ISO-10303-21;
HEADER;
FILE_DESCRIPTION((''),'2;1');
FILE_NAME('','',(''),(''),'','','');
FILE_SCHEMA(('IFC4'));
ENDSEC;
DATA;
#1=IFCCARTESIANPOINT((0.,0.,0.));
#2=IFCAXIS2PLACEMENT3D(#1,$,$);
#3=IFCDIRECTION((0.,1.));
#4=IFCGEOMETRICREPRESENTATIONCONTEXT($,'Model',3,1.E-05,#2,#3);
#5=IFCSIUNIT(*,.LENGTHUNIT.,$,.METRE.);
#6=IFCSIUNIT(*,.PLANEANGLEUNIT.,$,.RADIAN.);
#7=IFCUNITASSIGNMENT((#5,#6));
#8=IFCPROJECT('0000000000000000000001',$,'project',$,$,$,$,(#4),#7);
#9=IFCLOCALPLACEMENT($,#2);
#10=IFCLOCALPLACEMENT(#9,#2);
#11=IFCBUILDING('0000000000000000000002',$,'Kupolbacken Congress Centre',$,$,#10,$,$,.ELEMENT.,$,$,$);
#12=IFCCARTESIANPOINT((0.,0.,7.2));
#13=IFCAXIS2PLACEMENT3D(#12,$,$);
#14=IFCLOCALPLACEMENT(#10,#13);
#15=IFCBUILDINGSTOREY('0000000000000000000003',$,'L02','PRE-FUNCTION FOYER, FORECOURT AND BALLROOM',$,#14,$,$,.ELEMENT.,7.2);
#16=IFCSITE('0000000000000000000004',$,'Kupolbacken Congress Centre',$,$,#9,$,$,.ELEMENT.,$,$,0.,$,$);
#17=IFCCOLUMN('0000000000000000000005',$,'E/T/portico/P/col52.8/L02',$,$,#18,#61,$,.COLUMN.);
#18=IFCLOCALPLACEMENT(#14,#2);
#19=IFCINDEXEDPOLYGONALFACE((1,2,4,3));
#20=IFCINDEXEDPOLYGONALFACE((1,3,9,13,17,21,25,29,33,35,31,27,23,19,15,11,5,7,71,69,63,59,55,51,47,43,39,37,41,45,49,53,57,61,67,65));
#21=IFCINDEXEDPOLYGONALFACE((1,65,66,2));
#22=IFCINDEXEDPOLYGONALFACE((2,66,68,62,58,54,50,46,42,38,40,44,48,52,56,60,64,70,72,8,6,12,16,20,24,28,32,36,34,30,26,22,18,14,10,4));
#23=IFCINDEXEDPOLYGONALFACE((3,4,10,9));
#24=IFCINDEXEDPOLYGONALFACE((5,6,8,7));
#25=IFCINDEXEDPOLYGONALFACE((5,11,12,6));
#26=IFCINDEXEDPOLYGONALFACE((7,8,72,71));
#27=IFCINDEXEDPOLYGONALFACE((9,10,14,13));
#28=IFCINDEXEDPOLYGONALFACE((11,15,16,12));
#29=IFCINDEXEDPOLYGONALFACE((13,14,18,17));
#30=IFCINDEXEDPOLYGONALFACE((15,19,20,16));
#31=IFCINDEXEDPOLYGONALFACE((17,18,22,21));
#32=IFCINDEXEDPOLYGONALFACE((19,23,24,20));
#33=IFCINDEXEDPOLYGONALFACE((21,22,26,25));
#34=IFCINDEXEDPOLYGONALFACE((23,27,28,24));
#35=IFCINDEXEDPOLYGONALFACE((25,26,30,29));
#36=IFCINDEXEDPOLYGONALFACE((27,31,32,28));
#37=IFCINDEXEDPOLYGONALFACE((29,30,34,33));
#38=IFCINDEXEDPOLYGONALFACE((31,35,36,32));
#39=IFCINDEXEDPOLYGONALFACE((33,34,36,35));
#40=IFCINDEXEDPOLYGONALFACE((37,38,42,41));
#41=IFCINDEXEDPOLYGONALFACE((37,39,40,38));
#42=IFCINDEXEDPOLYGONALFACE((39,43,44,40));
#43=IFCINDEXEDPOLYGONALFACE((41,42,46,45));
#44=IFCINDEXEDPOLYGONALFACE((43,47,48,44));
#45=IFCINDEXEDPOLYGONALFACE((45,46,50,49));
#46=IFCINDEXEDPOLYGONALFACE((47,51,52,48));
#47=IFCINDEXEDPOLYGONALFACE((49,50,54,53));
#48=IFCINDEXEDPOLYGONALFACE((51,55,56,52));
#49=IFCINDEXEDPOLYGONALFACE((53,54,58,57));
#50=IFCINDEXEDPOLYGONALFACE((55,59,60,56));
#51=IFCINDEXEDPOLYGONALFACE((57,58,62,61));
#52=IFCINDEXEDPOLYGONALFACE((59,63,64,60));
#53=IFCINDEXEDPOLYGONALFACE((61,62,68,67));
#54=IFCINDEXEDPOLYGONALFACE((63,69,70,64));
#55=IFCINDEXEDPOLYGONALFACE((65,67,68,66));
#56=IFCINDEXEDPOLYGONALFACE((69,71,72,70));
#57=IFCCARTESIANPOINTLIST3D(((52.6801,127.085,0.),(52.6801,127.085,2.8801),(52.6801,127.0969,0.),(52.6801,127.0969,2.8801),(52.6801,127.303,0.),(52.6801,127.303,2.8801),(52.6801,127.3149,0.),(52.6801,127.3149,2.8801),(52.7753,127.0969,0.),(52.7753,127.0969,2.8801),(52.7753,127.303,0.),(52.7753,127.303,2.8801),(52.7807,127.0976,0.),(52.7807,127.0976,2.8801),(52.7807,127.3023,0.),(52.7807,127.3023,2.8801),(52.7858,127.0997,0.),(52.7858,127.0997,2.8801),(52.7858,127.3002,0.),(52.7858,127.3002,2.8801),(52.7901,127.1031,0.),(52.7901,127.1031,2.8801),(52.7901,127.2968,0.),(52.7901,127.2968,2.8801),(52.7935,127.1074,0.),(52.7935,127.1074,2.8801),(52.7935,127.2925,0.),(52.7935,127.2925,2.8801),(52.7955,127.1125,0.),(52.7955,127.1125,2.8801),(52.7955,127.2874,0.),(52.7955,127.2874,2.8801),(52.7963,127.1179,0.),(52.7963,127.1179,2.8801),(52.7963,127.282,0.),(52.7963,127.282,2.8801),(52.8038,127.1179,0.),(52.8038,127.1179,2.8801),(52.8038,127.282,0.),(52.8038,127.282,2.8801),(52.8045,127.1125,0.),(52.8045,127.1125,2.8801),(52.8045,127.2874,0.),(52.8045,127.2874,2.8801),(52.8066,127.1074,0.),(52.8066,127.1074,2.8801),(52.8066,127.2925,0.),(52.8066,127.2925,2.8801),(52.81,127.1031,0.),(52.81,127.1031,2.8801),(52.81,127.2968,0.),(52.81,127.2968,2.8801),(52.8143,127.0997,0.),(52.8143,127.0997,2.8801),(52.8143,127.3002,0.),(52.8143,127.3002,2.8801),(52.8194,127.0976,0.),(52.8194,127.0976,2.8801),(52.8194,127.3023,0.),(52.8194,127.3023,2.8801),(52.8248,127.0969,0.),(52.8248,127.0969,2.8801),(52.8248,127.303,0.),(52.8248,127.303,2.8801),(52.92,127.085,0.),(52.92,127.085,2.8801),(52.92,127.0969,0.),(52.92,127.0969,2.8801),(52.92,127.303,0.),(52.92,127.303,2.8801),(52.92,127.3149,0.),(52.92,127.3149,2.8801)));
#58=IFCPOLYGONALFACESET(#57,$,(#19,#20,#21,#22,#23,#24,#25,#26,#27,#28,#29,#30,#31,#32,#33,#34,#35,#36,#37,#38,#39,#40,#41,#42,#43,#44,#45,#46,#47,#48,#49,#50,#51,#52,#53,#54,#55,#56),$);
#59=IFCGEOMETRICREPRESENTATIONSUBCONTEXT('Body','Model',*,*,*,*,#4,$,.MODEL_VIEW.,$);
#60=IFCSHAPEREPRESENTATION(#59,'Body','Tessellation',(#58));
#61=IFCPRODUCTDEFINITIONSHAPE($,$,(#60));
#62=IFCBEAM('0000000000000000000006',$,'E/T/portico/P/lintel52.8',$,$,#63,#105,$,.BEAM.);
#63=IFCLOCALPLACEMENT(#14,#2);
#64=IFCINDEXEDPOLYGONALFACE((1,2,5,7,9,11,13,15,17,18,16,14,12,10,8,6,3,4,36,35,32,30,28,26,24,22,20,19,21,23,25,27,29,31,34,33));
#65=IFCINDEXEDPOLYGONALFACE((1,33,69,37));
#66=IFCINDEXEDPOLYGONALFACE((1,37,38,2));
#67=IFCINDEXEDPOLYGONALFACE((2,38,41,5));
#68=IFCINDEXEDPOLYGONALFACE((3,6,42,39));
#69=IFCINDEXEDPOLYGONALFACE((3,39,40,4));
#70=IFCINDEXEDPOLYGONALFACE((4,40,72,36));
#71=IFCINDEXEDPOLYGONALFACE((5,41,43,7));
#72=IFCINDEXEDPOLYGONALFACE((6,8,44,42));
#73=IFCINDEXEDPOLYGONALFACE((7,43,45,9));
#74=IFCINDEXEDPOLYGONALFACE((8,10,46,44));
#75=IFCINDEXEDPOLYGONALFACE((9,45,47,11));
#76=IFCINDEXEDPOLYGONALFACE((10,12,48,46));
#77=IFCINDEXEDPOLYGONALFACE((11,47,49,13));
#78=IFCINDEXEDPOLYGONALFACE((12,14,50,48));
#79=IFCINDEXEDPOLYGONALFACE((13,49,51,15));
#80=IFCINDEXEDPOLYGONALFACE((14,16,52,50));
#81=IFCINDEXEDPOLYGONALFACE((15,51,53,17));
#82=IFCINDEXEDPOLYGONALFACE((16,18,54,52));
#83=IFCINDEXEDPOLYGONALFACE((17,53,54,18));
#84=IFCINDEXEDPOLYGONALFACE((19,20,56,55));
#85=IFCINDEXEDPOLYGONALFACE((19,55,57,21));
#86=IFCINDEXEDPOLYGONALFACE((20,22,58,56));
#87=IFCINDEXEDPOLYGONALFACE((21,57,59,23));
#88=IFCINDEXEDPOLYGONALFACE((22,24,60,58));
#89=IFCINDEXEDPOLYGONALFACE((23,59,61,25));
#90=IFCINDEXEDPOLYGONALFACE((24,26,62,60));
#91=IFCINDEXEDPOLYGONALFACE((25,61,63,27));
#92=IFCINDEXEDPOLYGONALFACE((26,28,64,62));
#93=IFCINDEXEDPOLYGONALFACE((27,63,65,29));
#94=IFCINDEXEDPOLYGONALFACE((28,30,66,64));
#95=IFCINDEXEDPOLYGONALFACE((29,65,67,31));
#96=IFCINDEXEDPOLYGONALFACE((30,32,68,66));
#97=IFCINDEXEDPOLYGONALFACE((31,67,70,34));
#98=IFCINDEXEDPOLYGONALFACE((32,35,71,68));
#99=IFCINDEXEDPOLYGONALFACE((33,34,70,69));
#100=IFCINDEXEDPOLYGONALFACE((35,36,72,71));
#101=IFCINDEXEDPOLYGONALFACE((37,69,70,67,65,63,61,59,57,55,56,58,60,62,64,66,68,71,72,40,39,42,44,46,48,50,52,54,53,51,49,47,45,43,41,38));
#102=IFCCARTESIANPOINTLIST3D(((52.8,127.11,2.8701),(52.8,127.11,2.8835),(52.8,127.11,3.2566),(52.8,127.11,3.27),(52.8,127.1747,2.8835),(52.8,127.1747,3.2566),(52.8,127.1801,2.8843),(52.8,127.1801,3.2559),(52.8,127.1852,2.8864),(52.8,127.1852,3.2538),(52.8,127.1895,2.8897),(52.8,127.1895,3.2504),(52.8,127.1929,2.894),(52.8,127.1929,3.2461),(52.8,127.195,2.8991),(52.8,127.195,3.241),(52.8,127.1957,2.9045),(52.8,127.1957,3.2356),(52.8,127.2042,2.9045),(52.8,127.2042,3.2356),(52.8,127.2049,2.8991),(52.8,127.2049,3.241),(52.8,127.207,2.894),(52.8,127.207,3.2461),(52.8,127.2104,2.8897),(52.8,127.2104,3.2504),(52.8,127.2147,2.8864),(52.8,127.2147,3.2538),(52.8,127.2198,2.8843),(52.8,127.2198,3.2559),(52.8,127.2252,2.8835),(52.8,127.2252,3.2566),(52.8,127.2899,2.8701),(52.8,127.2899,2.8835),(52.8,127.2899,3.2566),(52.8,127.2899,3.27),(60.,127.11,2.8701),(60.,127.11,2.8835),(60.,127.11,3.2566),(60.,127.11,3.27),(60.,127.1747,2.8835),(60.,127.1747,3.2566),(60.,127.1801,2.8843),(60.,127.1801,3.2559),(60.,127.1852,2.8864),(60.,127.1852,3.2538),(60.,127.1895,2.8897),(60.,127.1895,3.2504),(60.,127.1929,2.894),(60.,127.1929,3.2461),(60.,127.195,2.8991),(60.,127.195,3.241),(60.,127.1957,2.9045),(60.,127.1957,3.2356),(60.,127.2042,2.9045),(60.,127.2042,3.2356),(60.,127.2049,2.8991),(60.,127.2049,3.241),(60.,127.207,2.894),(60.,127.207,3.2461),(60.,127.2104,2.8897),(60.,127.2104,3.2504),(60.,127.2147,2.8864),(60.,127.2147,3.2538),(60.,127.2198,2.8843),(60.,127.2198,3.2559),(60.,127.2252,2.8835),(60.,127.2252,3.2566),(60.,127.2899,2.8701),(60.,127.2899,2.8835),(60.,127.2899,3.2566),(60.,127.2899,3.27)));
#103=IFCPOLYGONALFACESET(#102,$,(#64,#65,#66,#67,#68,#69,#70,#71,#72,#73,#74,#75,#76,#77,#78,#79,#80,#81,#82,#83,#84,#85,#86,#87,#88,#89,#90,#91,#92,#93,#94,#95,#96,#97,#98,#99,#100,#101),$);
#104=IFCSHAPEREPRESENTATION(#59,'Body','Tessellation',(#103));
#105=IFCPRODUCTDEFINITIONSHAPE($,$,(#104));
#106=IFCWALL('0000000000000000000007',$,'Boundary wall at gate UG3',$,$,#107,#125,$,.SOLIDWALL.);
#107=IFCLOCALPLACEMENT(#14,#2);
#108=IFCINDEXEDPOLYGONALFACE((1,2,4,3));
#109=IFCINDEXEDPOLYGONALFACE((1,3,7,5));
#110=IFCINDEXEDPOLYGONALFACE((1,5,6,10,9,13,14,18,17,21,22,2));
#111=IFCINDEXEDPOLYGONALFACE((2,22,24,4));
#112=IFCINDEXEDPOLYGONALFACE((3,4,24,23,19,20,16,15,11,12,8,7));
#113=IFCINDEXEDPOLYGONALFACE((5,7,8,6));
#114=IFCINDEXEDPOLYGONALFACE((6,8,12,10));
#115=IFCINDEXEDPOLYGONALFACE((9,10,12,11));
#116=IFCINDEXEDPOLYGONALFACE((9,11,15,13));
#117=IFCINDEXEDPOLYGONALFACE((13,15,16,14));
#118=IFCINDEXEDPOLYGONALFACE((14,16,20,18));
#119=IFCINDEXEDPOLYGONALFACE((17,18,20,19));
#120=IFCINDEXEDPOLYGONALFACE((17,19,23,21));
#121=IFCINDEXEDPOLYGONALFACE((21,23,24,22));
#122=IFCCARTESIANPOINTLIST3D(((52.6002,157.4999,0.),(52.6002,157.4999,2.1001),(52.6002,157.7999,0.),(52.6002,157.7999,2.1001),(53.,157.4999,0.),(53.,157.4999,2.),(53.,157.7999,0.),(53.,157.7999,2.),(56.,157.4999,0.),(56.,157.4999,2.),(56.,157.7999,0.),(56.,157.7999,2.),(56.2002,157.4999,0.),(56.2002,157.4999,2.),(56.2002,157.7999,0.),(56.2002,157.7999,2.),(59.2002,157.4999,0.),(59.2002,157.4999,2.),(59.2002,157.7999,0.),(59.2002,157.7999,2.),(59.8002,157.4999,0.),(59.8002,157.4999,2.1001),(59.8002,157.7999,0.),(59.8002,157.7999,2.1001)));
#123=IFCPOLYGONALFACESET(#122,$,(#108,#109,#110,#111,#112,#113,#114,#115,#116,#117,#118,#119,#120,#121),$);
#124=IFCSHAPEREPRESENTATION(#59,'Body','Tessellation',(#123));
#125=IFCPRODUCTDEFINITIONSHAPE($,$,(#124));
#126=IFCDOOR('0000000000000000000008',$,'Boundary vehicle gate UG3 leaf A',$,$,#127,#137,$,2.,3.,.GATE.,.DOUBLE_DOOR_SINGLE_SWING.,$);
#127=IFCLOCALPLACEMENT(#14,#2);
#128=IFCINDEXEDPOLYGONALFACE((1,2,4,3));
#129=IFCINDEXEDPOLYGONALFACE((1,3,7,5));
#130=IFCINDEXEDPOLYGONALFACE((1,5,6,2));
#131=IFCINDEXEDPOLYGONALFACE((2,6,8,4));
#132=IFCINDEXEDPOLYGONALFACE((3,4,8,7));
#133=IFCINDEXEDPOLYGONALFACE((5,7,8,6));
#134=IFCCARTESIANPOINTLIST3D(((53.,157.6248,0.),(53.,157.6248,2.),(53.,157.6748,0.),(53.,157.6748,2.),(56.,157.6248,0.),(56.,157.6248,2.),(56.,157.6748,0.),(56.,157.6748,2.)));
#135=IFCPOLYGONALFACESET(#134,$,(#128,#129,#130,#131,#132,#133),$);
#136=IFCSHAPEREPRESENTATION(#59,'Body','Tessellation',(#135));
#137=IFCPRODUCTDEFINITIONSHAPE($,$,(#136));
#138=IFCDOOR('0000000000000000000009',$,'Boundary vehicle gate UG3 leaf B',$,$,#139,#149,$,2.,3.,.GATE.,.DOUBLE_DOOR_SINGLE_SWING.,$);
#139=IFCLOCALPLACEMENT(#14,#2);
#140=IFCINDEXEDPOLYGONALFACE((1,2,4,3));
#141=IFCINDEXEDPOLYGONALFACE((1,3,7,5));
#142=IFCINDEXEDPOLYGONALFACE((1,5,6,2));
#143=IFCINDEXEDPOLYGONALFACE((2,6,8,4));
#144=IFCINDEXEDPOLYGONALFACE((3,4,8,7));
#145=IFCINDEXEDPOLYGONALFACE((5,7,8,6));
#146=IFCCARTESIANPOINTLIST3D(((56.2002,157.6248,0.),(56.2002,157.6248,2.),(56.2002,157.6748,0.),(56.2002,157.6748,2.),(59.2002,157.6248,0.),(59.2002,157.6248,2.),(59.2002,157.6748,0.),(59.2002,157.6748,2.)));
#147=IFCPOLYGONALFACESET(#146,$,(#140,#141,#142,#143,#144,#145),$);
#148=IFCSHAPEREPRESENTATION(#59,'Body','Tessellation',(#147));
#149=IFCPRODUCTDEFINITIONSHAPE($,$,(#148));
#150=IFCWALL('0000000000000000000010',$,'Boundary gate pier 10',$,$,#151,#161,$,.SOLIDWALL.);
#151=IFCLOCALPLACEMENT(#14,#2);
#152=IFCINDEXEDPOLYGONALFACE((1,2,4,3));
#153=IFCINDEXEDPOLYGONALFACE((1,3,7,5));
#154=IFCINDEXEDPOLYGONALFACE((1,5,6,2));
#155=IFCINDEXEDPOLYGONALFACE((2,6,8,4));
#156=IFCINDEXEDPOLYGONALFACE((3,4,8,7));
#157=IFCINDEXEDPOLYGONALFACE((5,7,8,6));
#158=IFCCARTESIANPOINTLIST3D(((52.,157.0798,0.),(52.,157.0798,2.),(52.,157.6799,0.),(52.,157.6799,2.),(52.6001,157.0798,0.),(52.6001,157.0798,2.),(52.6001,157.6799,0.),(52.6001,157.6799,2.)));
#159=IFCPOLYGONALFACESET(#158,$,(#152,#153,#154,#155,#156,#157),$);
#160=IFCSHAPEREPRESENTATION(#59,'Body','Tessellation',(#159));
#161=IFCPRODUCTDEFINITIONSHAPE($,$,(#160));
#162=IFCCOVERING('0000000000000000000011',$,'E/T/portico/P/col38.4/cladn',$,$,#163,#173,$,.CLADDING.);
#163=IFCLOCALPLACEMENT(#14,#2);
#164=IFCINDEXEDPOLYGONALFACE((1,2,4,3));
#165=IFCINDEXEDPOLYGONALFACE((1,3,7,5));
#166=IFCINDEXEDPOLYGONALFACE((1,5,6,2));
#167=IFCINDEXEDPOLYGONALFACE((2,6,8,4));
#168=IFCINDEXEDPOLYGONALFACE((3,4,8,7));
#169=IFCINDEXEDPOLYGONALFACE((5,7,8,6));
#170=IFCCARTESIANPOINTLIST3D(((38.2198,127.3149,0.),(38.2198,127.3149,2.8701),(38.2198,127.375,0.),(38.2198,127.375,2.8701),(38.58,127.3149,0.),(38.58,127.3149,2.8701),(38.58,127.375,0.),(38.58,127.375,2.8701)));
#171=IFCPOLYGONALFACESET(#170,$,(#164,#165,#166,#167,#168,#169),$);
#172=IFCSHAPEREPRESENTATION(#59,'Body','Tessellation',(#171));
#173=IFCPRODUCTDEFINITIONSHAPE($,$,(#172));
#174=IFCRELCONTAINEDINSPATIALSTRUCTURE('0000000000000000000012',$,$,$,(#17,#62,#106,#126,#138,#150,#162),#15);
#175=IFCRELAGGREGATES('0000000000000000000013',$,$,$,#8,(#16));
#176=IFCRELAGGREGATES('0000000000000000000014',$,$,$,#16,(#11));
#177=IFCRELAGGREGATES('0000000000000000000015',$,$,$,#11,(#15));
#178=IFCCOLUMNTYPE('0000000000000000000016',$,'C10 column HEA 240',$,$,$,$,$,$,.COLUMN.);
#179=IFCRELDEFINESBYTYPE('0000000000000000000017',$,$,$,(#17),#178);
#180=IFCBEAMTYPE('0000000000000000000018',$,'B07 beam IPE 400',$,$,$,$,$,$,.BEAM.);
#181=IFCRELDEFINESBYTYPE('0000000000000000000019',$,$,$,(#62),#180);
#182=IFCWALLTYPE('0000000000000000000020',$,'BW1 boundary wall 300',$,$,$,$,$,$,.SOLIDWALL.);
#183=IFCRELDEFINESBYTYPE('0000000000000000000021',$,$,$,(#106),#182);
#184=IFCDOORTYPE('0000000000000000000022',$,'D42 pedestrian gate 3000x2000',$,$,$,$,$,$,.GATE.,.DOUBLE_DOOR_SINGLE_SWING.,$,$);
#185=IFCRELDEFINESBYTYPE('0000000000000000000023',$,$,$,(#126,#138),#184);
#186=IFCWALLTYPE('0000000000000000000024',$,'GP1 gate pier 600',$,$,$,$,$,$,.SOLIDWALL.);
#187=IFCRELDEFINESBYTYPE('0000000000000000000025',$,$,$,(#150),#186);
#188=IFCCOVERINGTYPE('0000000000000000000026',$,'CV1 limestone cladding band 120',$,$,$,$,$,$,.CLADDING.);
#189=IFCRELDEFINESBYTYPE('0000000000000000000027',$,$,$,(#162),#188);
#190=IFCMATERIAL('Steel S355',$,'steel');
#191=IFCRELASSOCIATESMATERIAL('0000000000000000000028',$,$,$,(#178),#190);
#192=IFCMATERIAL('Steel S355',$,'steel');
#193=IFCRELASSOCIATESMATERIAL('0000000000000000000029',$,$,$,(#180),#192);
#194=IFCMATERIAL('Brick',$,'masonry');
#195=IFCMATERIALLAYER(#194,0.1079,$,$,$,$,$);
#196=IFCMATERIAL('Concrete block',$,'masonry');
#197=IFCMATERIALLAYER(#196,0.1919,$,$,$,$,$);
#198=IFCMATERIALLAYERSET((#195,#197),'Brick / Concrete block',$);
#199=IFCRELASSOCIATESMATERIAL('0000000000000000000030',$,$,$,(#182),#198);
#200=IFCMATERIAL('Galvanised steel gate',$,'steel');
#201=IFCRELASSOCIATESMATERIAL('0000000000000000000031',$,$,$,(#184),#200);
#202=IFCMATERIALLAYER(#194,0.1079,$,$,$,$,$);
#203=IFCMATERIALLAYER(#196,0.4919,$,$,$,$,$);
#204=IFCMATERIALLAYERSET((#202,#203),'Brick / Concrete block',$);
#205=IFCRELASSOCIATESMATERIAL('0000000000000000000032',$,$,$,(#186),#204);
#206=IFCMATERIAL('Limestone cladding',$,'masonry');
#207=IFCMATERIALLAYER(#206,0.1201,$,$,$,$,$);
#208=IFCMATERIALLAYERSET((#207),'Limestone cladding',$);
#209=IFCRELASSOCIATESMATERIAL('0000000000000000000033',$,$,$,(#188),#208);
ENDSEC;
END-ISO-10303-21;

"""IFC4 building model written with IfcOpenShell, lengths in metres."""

from ifc_helpers import new_model, si_unit, direction, frame, frame_2d, origin, origin_2d, place, context, subcontext, project, spatial, rectangle, i_section, extrude, material, layer, layer_set, material_profile, profile_set, type_object, element, fill, save


model = new_model("IFC4")

# Units and contexts
model_context = context("Model", 3, precision=1e-05, world=origin(), true_north=direction((0.0, 1.0)))
body_context = subcontext(model_context, "Body", "Model", "MODEL_VIEW")
ifc_project = project(units=[si_unit("LENGTHUNIT", "METRE"), si_unit("PLANEANGLEUNIT", "RADIAN")], contexts=[model_context])

# Site, building, storey
site_placement = place(None, origin())
site = spatial("IfcSite", under=ifc_project, at=site_placement, Name="Kupolbacken Congress Centre", CompositionType="ELEMENT", RefElevation=0.0)
building_placement = place(site_placement, origin())
building = spatial("IfcBuilding", under=site, at=building_placement, Name="Kupolbacken Congress Centre", CompositionType="ELEMENT")
storey_placement = place(building_placement, frame((0.0, 0.0, 7.2)))
storey = spatial("IfcBuildingStorey", under=building, at=storey_placement, Name="L02", Description="PRE-FUNCTION FOYER, FORECOURT AND BALLROOM", CompositionType="ELEMENT", Elevation=7.2)

# Column
ifc_material_1 = material(Name="Steel S355", Category="steel")
ifc_material_profile_1 = material_profile(ifc_material_1, i_section(OverallWidth=0.24, OverallDepth=0.23, WebThickness=0.0076, FlangeThickness=0.012, FilletRadius=0.021, at=origin_2d()), Name="HEA 240")
ifc_profile_set_1 = profile_set([ifc_material_profile_1], Name="Steel S355")
column_type = type_object("IfcColumnType", Name="C10 column HEA 240", PredefinedType="COLUMN", material=ifc_profile_set_1)
column_placement = place(storey_placement, frame((52.8, 127.2, 0.0), z_axis=(0.0, 0.0, 1.0), x_axis=(1.0, 0.0, 0.0)))
element("IfcColumn", 1, at=column_placement, inside=storey, type_object=column_type, Name="E/T/portico/P/col52.8/L02", PredefinedType="COLUMN", context=body_context, shape_type="SweptSolid", body=[
    extrude(i_section(OverallWidth=0.24, OverallDepth=0.23, WebThickness=0.0076, FlangeThickness=0.012, FilletRadius=0.021, at=origin_2d()), origin(), (0.0, 0.0, 1.0), 2.8801),
])

# Beam
ifc_material_2 = material(Name="Steel S355", Category="steel")
ifc_material_profile_2 = material_profile(ifc_material_2, i_section(OverallWidth=0.1799, OverallDepth=0.3999, WebThickness=0.0085, FlangeThickness=0.0134, FilletRadius=0.021, at=origin_2d()), Name="IPE 400")
ifc_profile_set_2 = profile_set([ifc_material_profile_2], Name="Steel S355")
beam_type = type_object("IfcBeamType", Name="B07 beam IPE 400", PredefinedType="BEAM", material=ifc_profile_set_2)
beam_placement = place(storey_placement, frame((52.8, 127.2, 3.0701), z_axis=(1.0, 0.0, 0.0), x_axis=(0.0, 1.0, 0.0)))
element("IfcBeam", 2, at=beam_placement, inside=storey, type_object=beam_type, Name="E/T/portico/P/lintel52.8", PredefinedType="BEAM", context=body_context, shape_type="SweptSolid", body=[
    extrude(i_section(OverallWidth=0.1799, OverallDepth=0.3999, WebThickness=0.0085, FlangeThickness=0.0134, FilletRadius=0.021, at=origin_2d()), origin(), (0.0, 0.0, 1.0), 7.2),
])

# Wall, openings, doors
ifc_material_3 = material(Name="Brick", Category="masonry")
ifc_layer_1 = layer(ifc_material_3, 0.1079)
ifc_material_4 = material(Name="Concrete block", Category="masonry")
ifc_layer_2 = layer(ifc_material_4, 0.1919)
ifc_layer_set_1 = layer_set([ifc_layer_1, ifc_layer_2], Name="Brick / Concrete block")
wall_type_1 = type_object("IfcWallType", Name="BW1 boundary wall 300", PredefinedType="SOLIDWALL", material=ifc_layer_set_1)
wall_1_placement = place(storey_placement, frame((52.6001, 157.6499, 0.0), z_axis=(0.0, 0.0, 1.0), x_axis=(1.0, 0.0, 0.0)))
wall_1 = element("IfcWall", 3, at=wall_1_placement, inside=storey, type_object=wall_type_1, Name="Boundary wall at gate UG3", PredefinedType="SOLIDWALL", context=body_context, shape_type="SweptSolid", body=[
    extrude(rectangle(XDim=7.2, YDim=0.3, at=frame_2d((3.6001, 0.0))), origin(), (0.0, 0.0, 1.0), 2.1001),
])
opening_1_placement = place(wall_1_placement, frame((0.3999, 0.0, 0.0)))
opening_1 = element("IfcOpeningElement", 4, at=opening_1_placement, cuts=wall_1, PredefinedType="OPENING", context=body_context, shape_type="SweptSolid", body=[
    extrude(rectangle(XDim=3.0, YDim=2.0, at=frame_2d((1.5, 1.0))), frame((0.0, 0.1599, 0.0), z_axis=(0.0, -1.0, 0.0), x_axis=(1.0, 0.0, 0.0)), (0.0, 0.0, 1.0), 0.3201),
])
opening_2_placement = place(wall_1_placement, frame((3.6001, 0.0, 0.0)))
opening_2 = element("IfcOpeningElement", 5, at=opening_2_placement, cuts=wall_1, PredefinedType="OPENING", context=body_context, shape_type="SweptSolid", body=[
    extrude(rectangle(XDim=3.0, YDim=2.0, at=frame_2d((1.5, 1.0))), frame((0.0, 0.1599, 0.0), z_axis=(0.0, -1.0, 0.0), x_axis=(1.0, 0.0, 0.0)), (0.0, 0.0, 1.0), 0.3201),
])
ifc_material_5 = material(Name="Galvanised steel gate", Category="steel")
door_type = type_object("IfcDoorType", Name="D42 pedestrian gate 3000x2000", OperationType="DOUBLE_DOOR_SINGLE_SWING", PredefinedType="GATE", material=ifc_material_5)
door_1_placement = place(opening_1_placement, origin())
door_1 = element("IfcDoor", 6, at=door_1_placement, inside=storey, type_object=door_type, Name="Boundary vehicle gate UG3 leaf A", OperationType="DOUBLE_DOOR_SINGLE_SWING", OverallHeight=2.0, OverallWidth=3.0, PredefinedType="GATE", context=body_context, shape_type="SweptSolid", body=[
    extrude(rectangle(XDim=3.0, YDim=2.0, at=frame_2d((1.5, 1.0))), frame((0.0, 0.0249, 0.0), z_axis=(0.0, -1.0, 0.0), x_axis=(1.0, 0.0, 0.0)), (0.0, 0.0, 1.0), 0.05),
])
fill(opening_1, door_1)
door_2_placement = place(opening_2_placement, origin())
door_2 = element("IfcDoor", 7, at=door_2_placement, inside=storey, type_object=door_type, Name="Boundary vehicle gate UG3 leaf B", OperationType="DOUBLE_DOOR_SINGLE_SWING", OverallHeight=2.0, OverallWidth=3.0, PredefinedType="GATE", context=body_context, shape_type="SweptSolid", body=[
    extrude(rectangle(XDim=3.0, YDim=2.0, at=frame_2d((1.5, 1.0))), frame((0.0, 0.0249, 0.0), z_axis=(0.0, -1.0, 0.0), x_axis=(1.0, 0.0, 0.0)), (0.0, 0.0, 1.0), 0.05),
])
fill(opening_2, door_2)

# Wall
ifc_layer_3 = layer(ifc_material_3, 0.1079)
ifc_layer_4 = layer(ifc_material_4, 0.4919)
ifc_layer_set_2 = layer_set([ifc_layer_3, ifc_layer_4], Name="Brick / Concrete block")
wall_type_2 = type_object("IfcWallType", Name="GP1 gate pier 600", PredefinedType="SOLIDWALL", material=ifc_layer_set_2)
wall_2_placement = place(storey_placement, frame((52.6001, 157.3799, 0.0), z_axis=(0.0, 0.0, 1.0), x_axis=(-1.0, 0.0, 0.0)))
element("IfcWall", 8, at=wall_2_placement, inside=storey, type_object=wall_type_2, Name="Boundary gate pier 10", PredefinedType="SOLIDWALL", context=body_context, shape_type="SweptSolid", body=[
    extrude(rectangle(XDim=0.6001, YDim=0.6001, at=frame_2d((0.3, 0.0))), origin(), (0.0, 0.0, 1.0), 2.0),
])

# Covering
ifc_material_6 = material(Name="Limestone cladding", Category="masonry")
ifc_layer_5 = layer(ifc_material_6, 0.1201)
ifc_layer_set_3 = layer_set([ifc_layer_5], Name="Limestone cladding")
covering_type_1 = type_object("IfcCoveringType", Name="CV1 limestone cladding band 120", PredefinedType="CLADDING", material=ifc_layer_set_3)
for number, where, z_axis, x_axis, name in (
    (9, (38.3999, 127.345, 0.0), (0.0, 0.0, 1.0), (1.0, 0.0, 0.0), "E/T/portico/P/col38.4/cladn"),
):
    element("IfcCovering", number, at=place(storey_placement, frame(where, z_axis=z_axis, x_axis=x_axis)), inside=storey, type_object=covering_type_1, Name=name, PredefinedType="CLADDING", context=body_context, shape_type="SweptSolid", body=[
        extrude(rectangle(XDim=0.3601, YDim=0.0601, at=origin_2d()), origin(), (0.0, 0.0, 1.0), 2.8701),
    ])

save(model, "model.ifc")
